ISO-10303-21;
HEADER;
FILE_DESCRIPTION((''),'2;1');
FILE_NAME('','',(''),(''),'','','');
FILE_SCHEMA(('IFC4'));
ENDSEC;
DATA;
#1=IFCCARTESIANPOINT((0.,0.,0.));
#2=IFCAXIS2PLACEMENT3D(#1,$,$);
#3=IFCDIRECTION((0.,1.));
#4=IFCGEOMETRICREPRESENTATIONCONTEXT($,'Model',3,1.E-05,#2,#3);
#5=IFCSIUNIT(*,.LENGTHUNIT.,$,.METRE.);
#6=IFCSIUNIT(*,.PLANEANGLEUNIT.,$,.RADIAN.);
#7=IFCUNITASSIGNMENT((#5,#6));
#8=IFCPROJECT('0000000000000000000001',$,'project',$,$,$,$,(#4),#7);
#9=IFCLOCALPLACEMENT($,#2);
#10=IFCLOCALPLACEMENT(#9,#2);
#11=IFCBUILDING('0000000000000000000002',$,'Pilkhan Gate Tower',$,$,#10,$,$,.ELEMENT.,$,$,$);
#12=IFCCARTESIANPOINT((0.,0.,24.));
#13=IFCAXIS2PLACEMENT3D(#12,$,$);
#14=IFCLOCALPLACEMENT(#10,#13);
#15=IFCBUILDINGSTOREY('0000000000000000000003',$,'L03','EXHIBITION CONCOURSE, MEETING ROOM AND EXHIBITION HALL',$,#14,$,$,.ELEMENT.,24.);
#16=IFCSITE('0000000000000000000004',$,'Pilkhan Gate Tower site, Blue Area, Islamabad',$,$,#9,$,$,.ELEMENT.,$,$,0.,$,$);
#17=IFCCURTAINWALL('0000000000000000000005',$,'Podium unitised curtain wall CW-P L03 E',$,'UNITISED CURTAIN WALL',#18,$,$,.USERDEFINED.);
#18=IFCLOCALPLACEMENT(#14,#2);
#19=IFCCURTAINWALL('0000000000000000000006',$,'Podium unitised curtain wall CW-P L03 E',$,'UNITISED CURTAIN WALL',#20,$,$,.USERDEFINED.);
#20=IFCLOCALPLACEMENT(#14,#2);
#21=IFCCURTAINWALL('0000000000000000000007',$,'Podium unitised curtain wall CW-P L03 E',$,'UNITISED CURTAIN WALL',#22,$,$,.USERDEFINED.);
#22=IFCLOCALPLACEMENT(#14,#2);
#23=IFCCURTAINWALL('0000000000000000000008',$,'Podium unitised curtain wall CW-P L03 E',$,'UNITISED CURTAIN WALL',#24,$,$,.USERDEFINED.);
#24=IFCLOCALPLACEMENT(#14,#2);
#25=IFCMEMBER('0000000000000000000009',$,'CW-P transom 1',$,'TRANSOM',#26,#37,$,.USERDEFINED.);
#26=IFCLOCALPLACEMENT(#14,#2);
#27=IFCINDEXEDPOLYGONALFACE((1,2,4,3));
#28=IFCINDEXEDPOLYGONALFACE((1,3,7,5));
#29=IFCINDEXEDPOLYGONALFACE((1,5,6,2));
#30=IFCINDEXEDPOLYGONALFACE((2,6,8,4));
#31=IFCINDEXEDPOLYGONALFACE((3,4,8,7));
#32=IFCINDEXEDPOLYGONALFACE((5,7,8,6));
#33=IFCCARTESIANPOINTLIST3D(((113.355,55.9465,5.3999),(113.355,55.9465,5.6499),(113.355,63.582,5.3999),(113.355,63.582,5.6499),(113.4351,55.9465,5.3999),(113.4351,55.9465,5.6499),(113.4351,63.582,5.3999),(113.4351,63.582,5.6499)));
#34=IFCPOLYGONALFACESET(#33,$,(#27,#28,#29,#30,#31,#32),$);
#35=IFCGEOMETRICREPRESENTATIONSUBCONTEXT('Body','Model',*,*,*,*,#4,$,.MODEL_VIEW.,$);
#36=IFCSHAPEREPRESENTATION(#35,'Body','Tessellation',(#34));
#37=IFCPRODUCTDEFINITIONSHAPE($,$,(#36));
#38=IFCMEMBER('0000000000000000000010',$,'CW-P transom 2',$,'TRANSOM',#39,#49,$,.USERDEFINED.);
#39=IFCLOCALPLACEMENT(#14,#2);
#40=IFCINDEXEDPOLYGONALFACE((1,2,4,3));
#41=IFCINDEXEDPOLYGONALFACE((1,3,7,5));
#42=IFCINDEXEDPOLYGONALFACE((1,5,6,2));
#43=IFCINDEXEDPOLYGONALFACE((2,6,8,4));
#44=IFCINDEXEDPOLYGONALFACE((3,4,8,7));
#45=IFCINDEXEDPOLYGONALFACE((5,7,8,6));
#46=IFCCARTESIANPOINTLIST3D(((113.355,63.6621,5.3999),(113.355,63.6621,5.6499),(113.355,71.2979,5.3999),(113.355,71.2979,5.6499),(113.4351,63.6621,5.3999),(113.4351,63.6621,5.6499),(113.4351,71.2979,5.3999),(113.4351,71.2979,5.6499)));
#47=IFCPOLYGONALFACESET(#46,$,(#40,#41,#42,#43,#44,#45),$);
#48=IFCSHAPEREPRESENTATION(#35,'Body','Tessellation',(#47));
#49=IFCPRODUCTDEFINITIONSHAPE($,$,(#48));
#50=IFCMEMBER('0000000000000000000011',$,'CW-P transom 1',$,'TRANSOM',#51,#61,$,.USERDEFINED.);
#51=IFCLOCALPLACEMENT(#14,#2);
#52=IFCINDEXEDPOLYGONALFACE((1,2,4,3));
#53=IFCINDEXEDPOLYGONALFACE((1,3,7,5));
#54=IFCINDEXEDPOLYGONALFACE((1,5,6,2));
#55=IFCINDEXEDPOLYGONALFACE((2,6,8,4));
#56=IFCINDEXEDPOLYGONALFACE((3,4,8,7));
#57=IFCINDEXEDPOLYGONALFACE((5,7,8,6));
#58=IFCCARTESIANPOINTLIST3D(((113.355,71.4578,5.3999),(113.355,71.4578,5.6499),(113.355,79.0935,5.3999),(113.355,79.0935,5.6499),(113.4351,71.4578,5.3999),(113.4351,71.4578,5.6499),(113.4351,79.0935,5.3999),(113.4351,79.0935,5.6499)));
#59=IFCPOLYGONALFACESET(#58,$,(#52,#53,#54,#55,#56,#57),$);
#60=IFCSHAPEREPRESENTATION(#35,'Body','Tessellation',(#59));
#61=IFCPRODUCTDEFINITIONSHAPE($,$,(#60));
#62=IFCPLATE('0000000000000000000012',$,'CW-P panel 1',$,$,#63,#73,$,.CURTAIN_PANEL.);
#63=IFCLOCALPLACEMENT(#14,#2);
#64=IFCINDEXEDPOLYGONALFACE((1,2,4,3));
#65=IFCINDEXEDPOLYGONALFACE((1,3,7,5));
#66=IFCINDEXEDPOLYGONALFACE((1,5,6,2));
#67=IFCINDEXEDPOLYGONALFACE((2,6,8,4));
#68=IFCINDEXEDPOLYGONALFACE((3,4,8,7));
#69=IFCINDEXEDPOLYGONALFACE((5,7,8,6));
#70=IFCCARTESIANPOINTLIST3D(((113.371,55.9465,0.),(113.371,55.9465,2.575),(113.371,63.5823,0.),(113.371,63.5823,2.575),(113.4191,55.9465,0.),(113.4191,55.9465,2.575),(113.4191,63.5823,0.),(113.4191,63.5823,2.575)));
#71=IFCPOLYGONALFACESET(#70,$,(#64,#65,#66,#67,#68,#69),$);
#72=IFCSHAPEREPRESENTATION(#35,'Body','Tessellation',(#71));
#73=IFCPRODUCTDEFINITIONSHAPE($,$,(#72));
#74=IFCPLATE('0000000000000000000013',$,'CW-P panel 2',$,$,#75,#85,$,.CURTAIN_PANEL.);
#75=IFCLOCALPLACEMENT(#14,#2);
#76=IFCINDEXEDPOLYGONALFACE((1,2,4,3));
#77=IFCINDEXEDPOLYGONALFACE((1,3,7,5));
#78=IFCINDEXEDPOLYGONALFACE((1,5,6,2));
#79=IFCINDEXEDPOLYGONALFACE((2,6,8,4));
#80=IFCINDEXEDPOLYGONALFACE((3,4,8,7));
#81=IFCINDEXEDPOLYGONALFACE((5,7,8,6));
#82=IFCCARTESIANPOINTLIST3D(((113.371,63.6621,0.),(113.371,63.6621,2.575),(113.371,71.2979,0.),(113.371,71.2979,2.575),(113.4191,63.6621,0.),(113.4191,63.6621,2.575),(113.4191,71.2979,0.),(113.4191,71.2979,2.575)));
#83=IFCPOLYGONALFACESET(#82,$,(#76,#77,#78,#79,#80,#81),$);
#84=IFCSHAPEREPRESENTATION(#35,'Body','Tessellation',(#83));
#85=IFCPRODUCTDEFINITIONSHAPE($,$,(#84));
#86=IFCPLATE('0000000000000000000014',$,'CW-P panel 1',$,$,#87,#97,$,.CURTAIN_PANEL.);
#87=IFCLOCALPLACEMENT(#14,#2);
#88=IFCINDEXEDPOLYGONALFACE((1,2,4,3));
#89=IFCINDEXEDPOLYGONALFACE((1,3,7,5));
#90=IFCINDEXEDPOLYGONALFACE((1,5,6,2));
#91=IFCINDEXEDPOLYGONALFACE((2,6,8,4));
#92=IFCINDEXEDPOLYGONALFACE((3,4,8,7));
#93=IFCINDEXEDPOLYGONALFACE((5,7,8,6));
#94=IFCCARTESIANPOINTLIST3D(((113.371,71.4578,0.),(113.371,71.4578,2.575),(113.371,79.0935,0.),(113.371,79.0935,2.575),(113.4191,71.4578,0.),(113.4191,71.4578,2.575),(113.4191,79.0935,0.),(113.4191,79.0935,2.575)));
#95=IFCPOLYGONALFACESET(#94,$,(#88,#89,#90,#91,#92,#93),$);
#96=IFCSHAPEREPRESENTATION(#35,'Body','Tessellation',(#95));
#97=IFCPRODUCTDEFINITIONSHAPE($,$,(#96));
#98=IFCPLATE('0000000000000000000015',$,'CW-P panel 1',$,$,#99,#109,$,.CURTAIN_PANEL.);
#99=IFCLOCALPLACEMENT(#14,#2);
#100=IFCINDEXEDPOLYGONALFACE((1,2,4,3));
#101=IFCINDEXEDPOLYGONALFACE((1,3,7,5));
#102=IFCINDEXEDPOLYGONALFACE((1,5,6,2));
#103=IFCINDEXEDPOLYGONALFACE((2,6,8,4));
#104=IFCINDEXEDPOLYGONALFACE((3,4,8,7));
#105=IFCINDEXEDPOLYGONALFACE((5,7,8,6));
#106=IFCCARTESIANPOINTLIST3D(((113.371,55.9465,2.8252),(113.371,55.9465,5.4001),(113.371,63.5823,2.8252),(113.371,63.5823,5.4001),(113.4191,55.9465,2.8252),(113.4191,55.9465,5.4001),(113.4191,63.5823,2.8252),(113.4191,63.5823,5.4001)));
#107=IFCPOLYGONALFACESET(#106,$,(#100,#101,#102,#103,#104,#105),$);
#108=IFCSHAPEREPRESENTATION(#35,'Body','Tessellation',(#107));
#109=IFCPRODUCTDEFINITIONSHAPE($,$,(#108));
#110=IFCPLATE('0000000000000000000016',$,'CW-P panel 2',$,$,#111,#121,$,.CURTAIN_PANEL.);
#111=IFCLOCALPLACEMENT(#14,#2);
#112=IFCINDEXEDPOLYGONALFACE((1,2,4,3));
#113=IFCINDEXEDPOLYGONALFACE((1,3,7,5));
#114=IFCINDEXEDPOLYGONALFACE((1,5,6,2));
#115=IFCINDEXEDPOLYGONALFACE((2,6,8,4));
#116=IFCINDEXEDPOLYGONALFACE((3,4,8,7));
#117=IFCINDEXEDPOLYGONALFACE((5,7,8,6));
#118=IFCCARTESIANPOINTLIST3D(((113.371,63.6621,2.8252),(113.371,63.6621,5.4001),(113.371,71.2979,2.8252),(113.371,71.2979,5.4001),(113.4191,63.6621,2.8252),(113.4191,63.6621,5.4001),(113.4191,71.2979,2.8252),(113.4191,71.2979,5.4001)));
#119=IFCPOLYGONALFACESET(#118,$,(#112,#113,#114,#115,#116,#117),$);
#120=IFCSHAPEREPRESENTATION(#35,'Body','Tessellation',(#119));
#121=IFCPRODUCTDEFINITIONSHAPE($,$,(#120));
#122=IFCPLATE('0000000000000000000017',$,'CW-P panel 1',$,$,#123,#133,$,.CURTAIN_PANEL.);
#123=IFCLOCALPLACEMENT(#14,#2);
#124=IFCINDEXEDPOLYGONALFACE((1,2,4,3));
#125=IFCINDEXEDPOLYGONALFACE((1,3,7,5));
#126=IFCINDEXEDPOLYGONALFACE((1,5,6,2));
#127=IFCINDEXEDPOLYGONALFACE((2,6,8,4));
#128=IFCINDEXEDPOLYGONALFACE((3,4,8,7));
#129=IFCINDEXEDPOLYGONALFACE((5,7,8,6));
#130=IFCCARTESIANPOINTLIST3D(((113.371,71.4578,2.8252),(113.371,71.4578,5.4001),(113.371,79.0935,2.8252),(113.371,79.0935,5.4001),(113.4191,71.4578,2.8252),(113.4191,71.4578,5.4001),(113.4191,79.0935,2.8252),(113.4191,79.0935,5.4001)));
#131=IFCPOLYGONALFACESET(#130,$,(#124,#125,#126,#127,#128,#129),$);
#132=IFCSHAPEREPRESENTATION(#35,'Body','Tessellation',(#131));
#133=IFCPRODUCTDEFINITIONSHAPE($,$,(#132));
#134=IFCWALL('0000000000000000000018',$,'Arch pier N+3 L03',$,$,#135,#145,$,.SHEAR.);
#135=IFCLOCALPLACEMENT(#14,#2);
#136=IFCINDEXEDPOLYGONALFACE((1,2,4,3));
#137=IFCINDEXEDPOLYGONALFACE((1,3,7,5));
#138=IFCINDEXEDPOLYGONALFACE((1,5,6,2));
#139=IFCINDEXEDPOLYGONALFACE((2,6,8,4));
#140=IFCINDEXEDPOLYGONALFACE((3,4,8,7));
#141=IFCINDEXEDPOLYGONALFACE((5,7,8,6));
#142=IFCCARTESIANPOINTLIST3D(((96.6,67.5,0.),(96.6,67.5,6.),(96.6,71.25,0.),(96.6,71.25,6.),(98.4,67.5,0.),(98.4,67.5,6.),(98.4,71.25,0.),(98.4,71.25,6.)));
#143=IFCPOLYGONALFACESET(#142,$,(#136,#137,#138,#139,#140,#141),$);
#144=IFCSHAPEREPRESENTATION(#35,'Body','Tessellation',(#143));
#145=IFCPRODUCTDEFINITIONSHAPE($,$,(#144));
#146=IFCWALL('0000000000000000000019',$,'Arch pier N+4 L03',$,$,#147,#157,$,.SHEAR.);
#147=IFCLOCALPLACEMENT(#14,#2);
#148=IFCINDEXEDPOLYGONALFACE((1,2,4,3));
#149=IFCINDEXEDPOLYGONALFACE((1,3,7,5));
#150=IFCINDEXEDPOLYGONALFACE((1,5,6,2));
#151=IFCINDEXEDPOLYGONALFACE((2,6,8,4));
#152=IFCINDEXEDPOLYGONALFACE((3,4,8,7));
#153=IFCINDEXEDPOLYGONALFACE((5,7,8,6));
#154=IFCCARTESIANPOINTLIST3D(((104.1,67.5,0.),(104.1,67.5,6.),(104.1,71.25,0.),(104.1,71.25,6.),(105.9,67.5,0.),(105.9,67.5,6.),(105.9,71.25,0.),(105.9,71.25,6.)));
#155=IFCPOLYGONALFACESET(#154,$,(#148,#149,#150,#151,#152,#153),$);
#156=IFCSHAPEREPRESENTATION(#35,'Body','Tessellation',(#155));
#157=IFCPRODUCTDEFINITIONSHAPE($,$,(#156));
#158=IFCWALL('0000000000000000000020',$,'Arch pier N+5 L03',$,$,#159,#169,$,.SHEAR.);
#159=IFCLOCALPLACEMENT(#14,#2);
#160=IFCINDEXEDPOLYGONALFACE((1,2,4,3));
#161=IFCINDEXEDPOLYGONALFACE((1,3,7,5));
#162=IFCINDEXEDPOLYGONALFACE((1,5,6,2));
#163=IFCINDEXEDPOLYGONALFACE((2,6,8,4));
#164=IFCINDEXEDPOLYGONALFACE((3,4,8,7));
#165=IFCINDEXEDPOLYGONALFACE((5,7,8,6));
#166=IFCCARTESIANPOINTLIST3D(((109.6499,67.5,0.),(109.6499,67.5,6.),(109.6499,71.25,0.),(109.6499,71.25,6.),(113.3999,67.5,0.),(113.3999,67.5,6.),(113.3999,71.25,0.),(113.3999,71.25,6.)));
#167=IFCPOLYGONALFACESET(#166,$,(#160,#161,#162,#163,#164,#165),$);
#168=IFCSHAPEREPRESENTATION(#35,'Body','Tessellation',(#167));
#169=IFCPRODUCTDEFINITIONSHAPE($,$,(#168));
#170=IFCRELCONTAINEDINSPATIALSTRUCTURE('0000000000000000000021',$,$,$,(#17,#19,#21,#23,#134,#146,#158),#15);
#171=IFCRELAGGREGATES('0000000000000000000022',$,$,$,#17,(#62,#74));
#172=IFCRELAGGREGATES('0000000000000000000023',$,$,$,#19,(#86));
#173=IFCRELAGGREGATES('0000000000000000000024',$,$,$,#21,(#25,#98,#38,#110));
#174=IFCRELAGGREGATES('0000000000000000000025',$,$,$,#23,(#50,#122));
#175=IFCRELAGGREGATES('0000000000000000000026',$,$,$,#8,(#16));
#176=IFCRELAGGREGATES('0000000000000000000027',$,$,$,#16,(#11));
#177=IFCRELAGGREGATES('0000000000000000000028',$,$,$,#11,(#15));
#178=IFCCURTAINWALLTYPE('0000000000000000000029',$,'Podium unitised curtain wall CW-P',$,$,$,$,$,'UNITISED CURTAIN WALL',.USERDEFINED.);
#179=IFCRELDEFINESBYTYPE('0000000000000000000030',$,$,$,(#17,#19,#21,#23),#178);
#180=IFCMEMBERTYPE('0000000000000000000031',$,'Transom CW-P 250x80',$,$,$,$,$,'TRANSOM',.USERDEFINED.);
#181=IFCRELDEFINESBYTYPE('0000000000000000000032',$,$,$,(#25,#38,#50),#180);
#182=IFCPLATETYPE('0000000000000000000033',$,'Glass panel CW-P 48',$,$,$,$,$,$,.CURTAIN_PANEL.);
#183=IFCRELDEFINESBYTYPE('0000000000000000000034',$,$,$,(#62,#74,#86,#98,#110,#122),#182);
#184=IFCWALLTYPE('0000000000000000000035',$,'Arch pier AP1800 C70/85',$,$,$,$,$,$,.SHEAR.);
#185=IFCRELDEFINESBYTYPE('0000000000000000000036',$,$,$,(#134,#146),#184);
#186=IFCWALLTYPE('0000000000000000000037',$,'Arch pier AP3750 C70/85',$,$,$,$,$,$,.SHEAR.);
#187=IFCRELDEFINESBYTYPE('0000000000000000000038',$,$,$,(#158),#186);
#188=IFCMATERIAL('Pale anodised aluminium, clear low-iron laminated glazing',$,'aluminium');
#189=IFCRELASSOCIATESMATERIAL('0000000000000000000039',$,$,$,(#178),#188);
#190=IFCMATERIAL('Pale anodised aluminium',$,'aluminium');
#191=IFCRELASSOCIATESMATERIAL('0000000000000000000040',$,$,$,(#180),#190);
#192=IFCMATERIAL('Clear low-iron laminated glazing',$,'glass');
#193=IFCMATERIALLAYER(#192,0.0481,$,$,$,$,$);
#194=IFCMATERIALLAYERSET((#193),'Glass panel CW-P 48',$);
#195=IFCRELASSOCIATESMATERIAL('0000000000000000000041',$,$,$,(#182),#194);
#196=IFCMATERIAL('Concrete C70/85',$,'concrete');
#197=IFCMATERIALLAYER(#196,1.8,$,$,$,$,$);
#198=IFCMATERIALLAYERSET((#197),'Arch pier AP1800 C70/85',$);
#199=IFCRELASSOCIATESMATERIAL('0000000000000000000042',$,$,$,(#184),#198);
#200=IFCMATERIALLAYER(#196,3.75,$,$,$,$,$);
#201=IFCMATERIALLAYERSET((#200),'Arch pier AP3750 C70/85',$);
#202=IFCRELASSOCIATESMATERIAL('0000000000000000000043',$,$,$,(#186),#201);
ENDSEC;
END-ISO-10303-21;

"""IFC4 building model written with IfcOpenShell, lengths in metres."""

from ifc_helpers import new_model, si_unit, direction, frame, frame_2d, origin, origin_2d, place, context, subcontext, project, spatial, rectangle, extrude, material, layer, layer_set, material_profile, profile_set, type_object, element, aggregate, save


model = new_model("IFC4")

# Units and contexts
model_context = context("Model", 3, precision=1e-05, world=origin(), true_north=direction((0.0, 1.0)))
body_context = subcontext(model_context, "Body", "Model", "MODEL_VIEW")
ifc_project = project(units=[si_unit("LENGTHUNIT", "METRE"), si_unit("PLANEANGLEUNIT", "RADIAN")], contexts=[model_context])

# Site, building, storey
site_placement = place(None, origin())
site = spatial("IfcSite", under=ifc_project, at=site_placement, Name="Pilkhan Gate Tower site, Blue Area, Islamabad", CompositionType="ELEMENT", RefElevation=0.0)
building_placement = place(site_placement, origin())
building = spatial("IfcBuilding", under=site, at=building_placement, Name="Pilkhan Gate Tower", CompositionType="ELEMENT")
storey_placement = place(building_placement, frame((0.0, 0.0, 24.0)))
storey = spatial("IfcBuildingStorey", under=building, at=storey_placement, Name="L03", Description="EXHIBITION CONCOURSE, MEETING ROOM AND EXHIBITION HALL", CompositionType="ELEMENT", Elevation=24.0)

# Shared definitions
ifc_material_1 = material(Name="Concrete C70/85", Category="concrete")

# Curtain wall
ifc_material_2 = material(Name="Pale anodised aluminium, clear low-iron laminated glazing", Category="aluminium")
curtain_wall_type = type_object("IfcCurtainWallType", Name="Podium unitised curtain wall CW-P", ElementType="UNITISED CURTAIN WALL", PredefinedType="USERDEFINED", material=ifc_material_2)
curtain_wall_1_placement = place(storey_placement, origin())
curtain_wall_1 = element("IfcCurtainWall", 1, at=curtain_wall_1_placement, inside=storey, type_object=curtain_wall_type, Name="Podium unitised curtain wall CW-P L03 E", ObjectType="UNITISED CURTAIN WALL", PredefinedType="USERDEFINED")
ifc_material_3 = material(Name="Pale anodised aluminium", Category="aluminium")

# Curtain wall
curtain_wall_2_placement = place(storey_placement, origin())
curtain_wall_2 = element("IfcCurtainWall", 2, at=curtain_wall_2_placement, inside=storey, type_object=curtain_wall_type, Name="Podium unitised curtain wall CW-P L03 E", ObjectType="UNITISED CURTAIN WALL", PredefinedType="USERDEFINED")

# Curtain wall
curtain_wall_3_placement = place(storey_placement, origin())
curtain_wall_3 = element("IfcCurtainWall", 3, at=curtain_wall_3_placement, inside=storey, type_object=curtain_wall_type, Name="Podium unitised curtain wall CW-P L03 E", ObjectType="UNITISED CURTAIN WALL", PredefinedType="USERDEFINED")

# Curtain wall
curtain_wall_4_placement = place(storey_placement, origin())
curtain_wall_4 = element("IfcCurtainWall", 4, at=curtain_wall_4_placement, inside=storey, type_object=curtain_wall_type, Name="Podium unitised curtain wall CW-P L03 E", ObjectType="UNITISED CURTAIN WALL", PredefinedType="USERDEFINED")

# Members
ifc_material_profile_1 = material_profile(ifc_material_3, rectangle(XDim=0.0801, YDim=0.25, at=origin_2d()), Name="Transom 250x80")
ifc_profile_set_1 = profile_set([ifc_material_profile_1], Name="Pale anodised aluminium")
member_type_1 = type_object("IfcMemberType", Name="Transom CW-P 250x80", ElementType="TRANSOM", PredefinedType="USERDEFINED", material=ifc_profile_set_1)
member_1_placement = place(storey_placement, frame((113.395, 55.9465, 5.5249), z_axis=(0.0, 1.0, 0.0), x_axis=(-1.0, 0.0, 0.0)))
member_1 = element("IfcMember", 5, at=member_1_placement, type_object=member_type_1, Name="CW-P transom 1", ObjectType="TRANSOM", PredefinedType="USERDEFINED", context=body_context, shape_type="SweptSolid", body=[
    extrude(rectangle(XDim=0.0801, YDim=0.25, at=origin_2d()), origin(), (0.0, 0.0, 1.0), 7.6355),
])
member_2_placement = place(storey_placement, frame((113.395, 63.6621, 5.5249), z_axis=(0.0, 1.0, 0.0), x_axis=(-1.0, 0.0, 0.0)))
member_2 = element("IfcMember", 6, at=member_2_placement, type_object=member_type_1, Name="CW-P transom 2", ObjectType="TRANSOM", PredefinedType="USERDEFINED", context=body_context, shape_type="SweptSolid", body=[
    extrude(rectangle(XDim=0.0801, YDim=0.25, at=origin_2d()), origin(), (0.0, 0.0, 1.0), 7.6357),
])
member_3_placement = place(storey_placement, frame((113.395, 71.4578, 5.5249), z_axis=(0.0, 1.0, 0.0), x_axis=(-1.0, 0.0, 0.0)))
member_3 = element("IfcMember", 7, at=member_3_placement, type_object=member_type_1, Name="CW-P transom 1", ObjectType="TRANSOM", PredefinedType="USERDEFINED", context=body_context, shape_type="SweptSolid", body=[
    extrude(rectangle(XDim=0.0801, YDim=0.25, at=origin_2d()), origin(), (0.0, 0.0, 1.0), 7.6357),
])

# Plates
ifc_material_4 = material(Name="Clear low-iron laminated glazing", Category="glass")
ifc_layer_1 = layer(ifc_material_4, 0.0481)
ifc_layer_set_1 = layer_set([ifc_layer_1], Name="Glass panel CW-P 48")
plate_type = type_object("IfcPlateType", Name="Glass panel CW-P 48", PredefinedType="CURTAIN_PANEL", material=ifc_layer_set_1)
plate_1_placement = place(storey_placement, frame((113.395, 59.7644, 0.0), z_axis=(0.0, 0.0, 1.0), x_axis=(0.0, 1.0, 0.0)))
plate_1 = element("IfcPlate", 8, at=plate_1_placement, type_object=plate_type, Name="CW-P panel 1", PredefinedType="CURTAIN_PANEL", context=body_context, shape_type="SweptSolid", body=[
    extrude(rectangle(XDim=7.6357, YDim=0.0481, at=origin_2d()), origin(), (0.0, 0.0, 1.0), 2.575),
])
plate_2_placement = place(storey_placement, frame((113.395, 67.48, 0.0), z_axis=(0.0, 0.0, 1.0), x_axis=(0.0, 1.0, 0.0)))
plate_2 = element("IfcPlate", 9, at=plate_2_placement, type_object=plate_type, Name="CW-P panel 2", PredefinedType="CURTAIN_PANEL", context=body_context, shape_type="SweptSolid", body=[
    extrude(rectangle(XDim=7.6357, YDim=0.0481, at=origin_2d()), origin(), (0.0, 0.0, 1.0), 2.575),
])
aggregate(curtain_wall_1, [plate_1, plate_2])
plate_3_placement = place(storey_placement, frame((113.395, 75.2756, 0.0), z_axis=(0.0, 0.0, 1.0), x_axis=(0.0, 1.0, 0.0)))
plate_3 = element("IfcPlate", 10, at=plate_3_placement, type_object=plate_type, Name="CW-P panel 1", PredefinedType="CURTAIN_PANEL", context=body_context, shape_type="SweptSolid", body=[
    extrude(rectangle(XDim=7.6357, YDim=0.0481, at=origin_2d()), origin(), (0.0, 0.0, 1.0), 2.575),
])
aggregate(curtain_wall_2, [plate_3])
plate_4_placement = place(storey_placement, frame((113.395, 59.7644, 2.8252), z_axis=(0.0, 0.0, 1.0), x_axis=(0.0, 1.0, 0.0)))
plate_4 = element("IfcPlate", 11, at=plate_4_placement, type_object=plate_type, Name="CW-P panel 1", PredefinedType="CURTAIN_PANEL", context=body_context, shape_type="SweptSolid", body=[
    extrude(rectangle(XDim=7.6357, YDim=0.0481, at=origin_2d()), origin(), (0.0, 0.0, 1.0), 2.575),
])
plate_5_placement = place(storey_placement, frame((113.395, 67.48, 2.8252), z_axis=(0.0, 0.0, 1.0), x_axis=(0.0, 1.0, 0.0)))
plate_5 = element("IfcPlate", 12, at=plate_5_placement, type_object=plate_type, Name="CW-P panel 2", PredefinedType="CURTAIN_PANEL", context=body_context, shape_type="SweptSolid", body=[
    extrude(rectangle(XDim=7.6357, YDim=0.0481, at=origin_2d()), origin(), (0.0, 0.0, 1.0), 2.575),
])
aggregate(curtain_wall_3, [member_1, plate_4, member_2, plate_5])
plate_6_placement = place(storey_placement, frame((113.395, 75.2756, 2.8252), z_axis=(0.0, 0.0, 1.0), x_axis=(0.0, 1.0, 0.0)))
plate_6 = element("IfcPlate", 13, at=plate_6_placement, type_object=plate_type, Name="CW-P panel 1", PredefinedType="CURTAIN_PANEL", context=body_context, shape_type="SweptSolid", body=[
    extrude(rectangle(XDim=7.6357, YDim=0.0481, at=origin_2d()), origin(), (0.0, 0.0, 1.0), 2.575),
])
aggregate(curtain_wall_4, [member_3, plate_6])

# Walls
ifc_layer_2 = layer(ifc_material_1, 1.8)
ifc_layer_set_2 = layer_set([ifc_layer_2], Name="Arch pier AP1800 C70/85")
wall_type_1 = type_object("IfcWallType", Name="Arch pier AP1800 C70/85", PredefinedType="SHEAR", material=ifc_layer_set_2)
for number, where, z_axis, x_axis, name in (
    (14, (97.5, 67.5, 0.0), (0.0, 0.0, 1.0), (0.0, 1.0, 0.0), "Arch pier N+3 L03"),
    (15, (105.0, 67.5, 0.0), (0.0, 0.0, 1.0), (0.0, 1.0, 0.0), "Arch pier N+4 L03"),
):
    element("IfcWall", number, at=place(storey_placement, frame(where, z_axis=z_axis, x_axis=x_axis)), inside=storey, type_object=wall_type_1, Name=name, PredefinedType="SHEAR", context=body_context, shape_type="SweptSolid", body=[
        extrude(rectangle(XDim=3.75, YDim=1.8, at=frame_2d((1.875, 0.0))), origin(), (0.0, 0.0, 1.0), 6.0),
    ])
ifc_layer_3 = layer(ifc_material_1, 3.75)
ifc_layer_set_3 = layer_set([ifc_layer_3], Name="Arch pier AP3750 C70/85")
wall_type_2 = type_object("IfcWallType", Name="Arch pier AP3750 C70/85", PredefinedType="SHEAR", material=ifc_layer_set_3)
wall_1_placement = place(storey_placement, frame((111.5249, 67.5, 0.0), z_axis=(0.0, 0.0, 1.0), x_axis=(0.0, 1.0, 0.0)))
element("IfcWall", 16, at=wall_1_placement, inside=storey, type_object=wall_type_2, Name="Arch pier N+5 L03", PredefinedType="SHEAR", context=body_context, shape_type="SweptSolid", body=[
    extrude(rectangle(XDim=3.75, YDim=3.75, at=frame_2d((1.875, 0.0))), origin(), (0.0, 0.0, 1.0), 6.0),
])

save(model, "model.ifc")
